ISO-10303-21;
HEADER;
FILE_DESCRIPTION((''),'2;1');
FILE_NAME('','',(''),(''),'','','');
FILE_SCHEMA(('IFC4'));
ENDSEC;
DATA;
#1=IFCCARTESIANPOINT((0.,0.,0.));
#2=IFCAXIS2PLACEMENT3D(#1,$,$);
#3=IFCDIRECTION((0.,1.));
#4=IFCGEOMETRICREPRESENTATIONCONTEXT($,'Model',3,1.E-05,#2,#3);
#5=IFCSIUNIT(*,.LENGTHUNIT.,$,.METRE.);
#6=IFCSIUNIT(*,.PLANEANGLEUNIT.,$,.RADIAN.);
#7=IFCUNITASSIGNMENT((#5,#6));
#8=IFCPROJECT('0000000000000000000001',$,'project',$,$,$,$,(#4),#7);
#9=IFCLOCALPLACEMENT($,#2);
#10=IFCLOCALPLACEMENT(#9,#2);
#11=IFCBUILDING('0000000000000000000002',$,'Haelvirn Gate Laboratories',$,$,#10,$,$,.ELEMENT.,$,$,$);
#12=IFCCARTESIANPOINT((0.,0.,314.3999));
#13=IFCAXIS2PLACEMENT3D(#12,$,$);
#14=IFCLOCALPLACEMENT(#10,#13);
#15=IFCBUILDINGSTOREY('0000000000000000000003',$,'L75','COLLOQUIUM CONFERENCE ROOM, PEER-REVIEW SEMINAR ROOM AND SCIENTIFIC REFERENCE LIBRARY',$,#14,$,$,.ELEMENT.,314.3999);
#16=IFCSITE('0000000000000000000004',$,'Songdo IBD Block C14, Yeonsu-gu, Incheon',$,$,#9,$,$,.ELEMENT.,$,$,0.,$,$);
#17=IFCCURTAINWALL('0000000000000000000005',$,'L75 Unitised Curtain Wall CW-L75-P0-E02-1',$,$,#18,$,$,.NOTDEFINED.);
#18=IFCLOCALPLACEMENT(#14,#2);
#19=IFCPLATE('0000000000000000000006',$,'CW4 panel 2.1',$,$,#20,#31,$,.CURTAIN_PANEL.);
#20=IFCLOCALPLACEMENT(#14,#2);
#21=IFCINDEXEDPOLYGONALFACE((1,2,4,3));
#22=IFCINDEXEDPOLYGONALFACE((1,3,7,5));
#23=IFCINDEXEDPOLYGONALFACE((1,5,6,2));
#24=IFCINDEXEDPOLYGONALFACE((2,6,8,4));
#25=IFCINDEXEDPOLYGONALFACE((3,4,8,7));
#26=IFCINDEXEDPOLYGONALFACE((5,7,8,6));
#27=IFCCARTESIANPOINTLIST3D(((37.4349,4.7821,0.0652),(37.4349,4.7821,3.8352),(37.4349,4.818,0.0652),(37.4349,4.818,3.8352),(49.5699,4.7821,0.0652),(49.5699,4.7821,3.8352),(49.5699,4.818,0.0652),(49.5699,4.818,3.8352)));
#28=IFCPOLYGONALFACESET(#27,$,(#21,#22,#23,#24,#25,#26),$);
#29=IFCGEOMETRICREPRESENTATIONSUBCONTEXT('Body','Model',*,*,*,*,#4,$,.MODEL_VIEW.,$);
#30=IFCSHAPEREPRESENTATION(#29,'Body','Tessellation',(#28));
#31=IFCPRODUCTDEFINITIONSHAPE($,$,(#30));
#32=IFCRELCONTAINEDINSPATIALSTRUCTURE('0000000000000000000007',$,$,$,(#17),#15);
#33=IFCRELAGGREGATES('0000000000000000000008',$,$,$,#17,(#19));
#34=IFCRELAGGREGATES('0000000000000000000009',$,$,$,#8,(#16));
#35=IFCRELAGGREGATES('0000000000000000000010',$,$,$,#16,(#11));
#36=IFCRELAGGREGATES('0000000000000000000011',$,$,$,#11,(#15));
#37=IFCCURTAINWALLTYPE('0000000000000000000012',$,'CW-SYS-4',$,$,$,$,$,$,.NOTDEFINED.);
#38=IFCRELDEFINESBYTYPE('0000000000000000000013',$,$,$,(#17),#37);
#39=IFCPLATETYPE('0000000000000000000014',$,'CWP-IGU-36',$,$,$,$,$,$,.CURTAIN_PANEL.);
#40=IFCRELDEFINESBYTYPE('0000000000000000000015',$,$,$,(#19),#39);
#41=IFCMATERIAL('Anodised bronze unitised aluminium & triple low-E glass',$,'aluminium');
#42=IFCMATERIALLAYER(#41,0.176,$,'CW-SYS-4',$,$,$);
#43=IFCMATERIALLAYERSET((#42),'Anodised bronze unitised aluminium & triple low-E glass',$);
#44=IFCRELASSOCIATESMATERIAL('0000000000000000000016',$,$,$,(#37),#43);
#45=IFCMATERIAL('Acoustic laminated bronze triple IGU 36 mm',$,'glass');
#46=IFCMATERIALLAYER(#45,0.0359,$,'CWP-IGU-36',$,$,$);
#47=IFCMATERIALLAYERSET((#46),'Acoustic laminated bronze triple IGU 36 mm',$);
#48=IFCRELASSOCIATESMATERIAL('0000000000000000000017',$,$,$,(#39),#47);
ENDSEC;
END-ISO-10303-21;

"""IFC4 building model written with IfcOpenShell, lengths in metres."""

from ifc_helpers import new_model, si_unit, direction, frame, origin, origin_2d, place, context, subcontext, project, spatial, rectangle, extrude, source, transform, mapped, material, layer, layer_set, type_object, type_shapes, element, aggregate, save


model = new_model("IFC4")

# Units and contexts
model_context = context("Model", 3, precision=1e-05, world=origin(), true_north=direction((0.0, 1.0)))
body_context = subcontext(model_context, "Body", "Model", "MODEL_VIEW")
ifc_project = project(units=[si_unit("LENGTHUNIT", "METRE"), si_unit("PLANEANGLEUNIT", "RADIAN")], contexts=[model_context])

# Site, building, storey
site_placement = place(None, origin())
site = spatial("IfcSite", under=ifc_project, at=site_placement, Name="Songdo IBD Block C14, Yeonsu-gu, Incheon", CompositionType="ELEMENT", RefElevation=0.0)
building_placement = place(site_placement, origin())
building = spatial("IfcBuilding", under=site, at=building_placement, Name="Haelvirn Gate Laboratories", CompositionType="ELEMENT")
storey_placement = place(building_placement, frame((0.0, 0.0, 314.3999)))
storey = spatial("IfcBuildingStorey", under=building, at=storey_placement, Name="L75", Description="COLLOQUIUM CONFERENCE ROOM, PEER-REVIEW SEMINAR ROOM AND SCIENTIFIC REFERENCE LIBRARY", CompositionType="ELEMENT", Elevation=314.3999)

# Curtain wall
ifc_material_1 = material(Name="Anodised bronze unitised aluminium & triple low-E glass", Category="aluminium")
ifc_layer_1 = layer(ifc_material_1, 0.176, Name="CW-SYS-4")
ifc_layer_set_1 = layer_set([ifc_layer_1], Name="Anodised bronze unitised aluminium & triple low-E glass")
curtain_wall_type = type_object("IfcCurtainWallType", Name="CW-SYS-4", PredefinedType="NOTDEFINED", material=ifc_layer_set_1)
curtain_wall_placement = place(storey_placement, origin())
curtain_wall = element("IfcCurtainWall", 1, at=curtain_wall_placement, inside=storey, type_object=curtain_wall_type, Name="L75 Unitised Curtain Wall CW-L75-P0-E02-1", PredefinedType="NOTDEFINED")

# Plate
ifc_material_2 = material(Name="Acoustic laminated bronze triple IGU 36 mm", Category="glass")
ifc_layer_2 = layer(ifc_material_2, 0.0359, Name="CWP-IGU-36")
ifc_layer_set_2 = layer_set([ifc_layer_2], Name="Acoustic laminated bronze triple IGU 36 mm")
plate_type_1 = type_object("IfcPlateType", Name="CWP-IGU-36", PredefinedType="CURTAIN_PANEL", material=ifc_layer_set_2)
shared_shape_1 = source(origin(), body_context, "Body", "SweptSolid", [
    extrude(rectangle(XDim=12.135, YDim=0.0359, at=origin_2d()), origin(), (0.0, 0.0, 1.0), 3.77),
])
type_shapes(plate_type_1, [shared_shape_1])
plate_placement = place(storey_placement, frame((43.5024, 4.8, 0.0652), z_axis=(0.0, 0.0, 1.0), x_axis=(1.0, 0.0, 0.0)))
plate = element("IfcPlate", 2, at=plate_placement, type_object=plate_type_1, Name="CW4 panel 2.1", PredefinedType="CURTAIN_PANEL", context=body_context, shape_type="MappedRepresentation", body=[
    mapped(shared_shape_1, transform((0.0, 0.0, 0.0), scale=1.0)),
])
aggregate(curtain_wall, [plate])

save(model, "model.ifc")
